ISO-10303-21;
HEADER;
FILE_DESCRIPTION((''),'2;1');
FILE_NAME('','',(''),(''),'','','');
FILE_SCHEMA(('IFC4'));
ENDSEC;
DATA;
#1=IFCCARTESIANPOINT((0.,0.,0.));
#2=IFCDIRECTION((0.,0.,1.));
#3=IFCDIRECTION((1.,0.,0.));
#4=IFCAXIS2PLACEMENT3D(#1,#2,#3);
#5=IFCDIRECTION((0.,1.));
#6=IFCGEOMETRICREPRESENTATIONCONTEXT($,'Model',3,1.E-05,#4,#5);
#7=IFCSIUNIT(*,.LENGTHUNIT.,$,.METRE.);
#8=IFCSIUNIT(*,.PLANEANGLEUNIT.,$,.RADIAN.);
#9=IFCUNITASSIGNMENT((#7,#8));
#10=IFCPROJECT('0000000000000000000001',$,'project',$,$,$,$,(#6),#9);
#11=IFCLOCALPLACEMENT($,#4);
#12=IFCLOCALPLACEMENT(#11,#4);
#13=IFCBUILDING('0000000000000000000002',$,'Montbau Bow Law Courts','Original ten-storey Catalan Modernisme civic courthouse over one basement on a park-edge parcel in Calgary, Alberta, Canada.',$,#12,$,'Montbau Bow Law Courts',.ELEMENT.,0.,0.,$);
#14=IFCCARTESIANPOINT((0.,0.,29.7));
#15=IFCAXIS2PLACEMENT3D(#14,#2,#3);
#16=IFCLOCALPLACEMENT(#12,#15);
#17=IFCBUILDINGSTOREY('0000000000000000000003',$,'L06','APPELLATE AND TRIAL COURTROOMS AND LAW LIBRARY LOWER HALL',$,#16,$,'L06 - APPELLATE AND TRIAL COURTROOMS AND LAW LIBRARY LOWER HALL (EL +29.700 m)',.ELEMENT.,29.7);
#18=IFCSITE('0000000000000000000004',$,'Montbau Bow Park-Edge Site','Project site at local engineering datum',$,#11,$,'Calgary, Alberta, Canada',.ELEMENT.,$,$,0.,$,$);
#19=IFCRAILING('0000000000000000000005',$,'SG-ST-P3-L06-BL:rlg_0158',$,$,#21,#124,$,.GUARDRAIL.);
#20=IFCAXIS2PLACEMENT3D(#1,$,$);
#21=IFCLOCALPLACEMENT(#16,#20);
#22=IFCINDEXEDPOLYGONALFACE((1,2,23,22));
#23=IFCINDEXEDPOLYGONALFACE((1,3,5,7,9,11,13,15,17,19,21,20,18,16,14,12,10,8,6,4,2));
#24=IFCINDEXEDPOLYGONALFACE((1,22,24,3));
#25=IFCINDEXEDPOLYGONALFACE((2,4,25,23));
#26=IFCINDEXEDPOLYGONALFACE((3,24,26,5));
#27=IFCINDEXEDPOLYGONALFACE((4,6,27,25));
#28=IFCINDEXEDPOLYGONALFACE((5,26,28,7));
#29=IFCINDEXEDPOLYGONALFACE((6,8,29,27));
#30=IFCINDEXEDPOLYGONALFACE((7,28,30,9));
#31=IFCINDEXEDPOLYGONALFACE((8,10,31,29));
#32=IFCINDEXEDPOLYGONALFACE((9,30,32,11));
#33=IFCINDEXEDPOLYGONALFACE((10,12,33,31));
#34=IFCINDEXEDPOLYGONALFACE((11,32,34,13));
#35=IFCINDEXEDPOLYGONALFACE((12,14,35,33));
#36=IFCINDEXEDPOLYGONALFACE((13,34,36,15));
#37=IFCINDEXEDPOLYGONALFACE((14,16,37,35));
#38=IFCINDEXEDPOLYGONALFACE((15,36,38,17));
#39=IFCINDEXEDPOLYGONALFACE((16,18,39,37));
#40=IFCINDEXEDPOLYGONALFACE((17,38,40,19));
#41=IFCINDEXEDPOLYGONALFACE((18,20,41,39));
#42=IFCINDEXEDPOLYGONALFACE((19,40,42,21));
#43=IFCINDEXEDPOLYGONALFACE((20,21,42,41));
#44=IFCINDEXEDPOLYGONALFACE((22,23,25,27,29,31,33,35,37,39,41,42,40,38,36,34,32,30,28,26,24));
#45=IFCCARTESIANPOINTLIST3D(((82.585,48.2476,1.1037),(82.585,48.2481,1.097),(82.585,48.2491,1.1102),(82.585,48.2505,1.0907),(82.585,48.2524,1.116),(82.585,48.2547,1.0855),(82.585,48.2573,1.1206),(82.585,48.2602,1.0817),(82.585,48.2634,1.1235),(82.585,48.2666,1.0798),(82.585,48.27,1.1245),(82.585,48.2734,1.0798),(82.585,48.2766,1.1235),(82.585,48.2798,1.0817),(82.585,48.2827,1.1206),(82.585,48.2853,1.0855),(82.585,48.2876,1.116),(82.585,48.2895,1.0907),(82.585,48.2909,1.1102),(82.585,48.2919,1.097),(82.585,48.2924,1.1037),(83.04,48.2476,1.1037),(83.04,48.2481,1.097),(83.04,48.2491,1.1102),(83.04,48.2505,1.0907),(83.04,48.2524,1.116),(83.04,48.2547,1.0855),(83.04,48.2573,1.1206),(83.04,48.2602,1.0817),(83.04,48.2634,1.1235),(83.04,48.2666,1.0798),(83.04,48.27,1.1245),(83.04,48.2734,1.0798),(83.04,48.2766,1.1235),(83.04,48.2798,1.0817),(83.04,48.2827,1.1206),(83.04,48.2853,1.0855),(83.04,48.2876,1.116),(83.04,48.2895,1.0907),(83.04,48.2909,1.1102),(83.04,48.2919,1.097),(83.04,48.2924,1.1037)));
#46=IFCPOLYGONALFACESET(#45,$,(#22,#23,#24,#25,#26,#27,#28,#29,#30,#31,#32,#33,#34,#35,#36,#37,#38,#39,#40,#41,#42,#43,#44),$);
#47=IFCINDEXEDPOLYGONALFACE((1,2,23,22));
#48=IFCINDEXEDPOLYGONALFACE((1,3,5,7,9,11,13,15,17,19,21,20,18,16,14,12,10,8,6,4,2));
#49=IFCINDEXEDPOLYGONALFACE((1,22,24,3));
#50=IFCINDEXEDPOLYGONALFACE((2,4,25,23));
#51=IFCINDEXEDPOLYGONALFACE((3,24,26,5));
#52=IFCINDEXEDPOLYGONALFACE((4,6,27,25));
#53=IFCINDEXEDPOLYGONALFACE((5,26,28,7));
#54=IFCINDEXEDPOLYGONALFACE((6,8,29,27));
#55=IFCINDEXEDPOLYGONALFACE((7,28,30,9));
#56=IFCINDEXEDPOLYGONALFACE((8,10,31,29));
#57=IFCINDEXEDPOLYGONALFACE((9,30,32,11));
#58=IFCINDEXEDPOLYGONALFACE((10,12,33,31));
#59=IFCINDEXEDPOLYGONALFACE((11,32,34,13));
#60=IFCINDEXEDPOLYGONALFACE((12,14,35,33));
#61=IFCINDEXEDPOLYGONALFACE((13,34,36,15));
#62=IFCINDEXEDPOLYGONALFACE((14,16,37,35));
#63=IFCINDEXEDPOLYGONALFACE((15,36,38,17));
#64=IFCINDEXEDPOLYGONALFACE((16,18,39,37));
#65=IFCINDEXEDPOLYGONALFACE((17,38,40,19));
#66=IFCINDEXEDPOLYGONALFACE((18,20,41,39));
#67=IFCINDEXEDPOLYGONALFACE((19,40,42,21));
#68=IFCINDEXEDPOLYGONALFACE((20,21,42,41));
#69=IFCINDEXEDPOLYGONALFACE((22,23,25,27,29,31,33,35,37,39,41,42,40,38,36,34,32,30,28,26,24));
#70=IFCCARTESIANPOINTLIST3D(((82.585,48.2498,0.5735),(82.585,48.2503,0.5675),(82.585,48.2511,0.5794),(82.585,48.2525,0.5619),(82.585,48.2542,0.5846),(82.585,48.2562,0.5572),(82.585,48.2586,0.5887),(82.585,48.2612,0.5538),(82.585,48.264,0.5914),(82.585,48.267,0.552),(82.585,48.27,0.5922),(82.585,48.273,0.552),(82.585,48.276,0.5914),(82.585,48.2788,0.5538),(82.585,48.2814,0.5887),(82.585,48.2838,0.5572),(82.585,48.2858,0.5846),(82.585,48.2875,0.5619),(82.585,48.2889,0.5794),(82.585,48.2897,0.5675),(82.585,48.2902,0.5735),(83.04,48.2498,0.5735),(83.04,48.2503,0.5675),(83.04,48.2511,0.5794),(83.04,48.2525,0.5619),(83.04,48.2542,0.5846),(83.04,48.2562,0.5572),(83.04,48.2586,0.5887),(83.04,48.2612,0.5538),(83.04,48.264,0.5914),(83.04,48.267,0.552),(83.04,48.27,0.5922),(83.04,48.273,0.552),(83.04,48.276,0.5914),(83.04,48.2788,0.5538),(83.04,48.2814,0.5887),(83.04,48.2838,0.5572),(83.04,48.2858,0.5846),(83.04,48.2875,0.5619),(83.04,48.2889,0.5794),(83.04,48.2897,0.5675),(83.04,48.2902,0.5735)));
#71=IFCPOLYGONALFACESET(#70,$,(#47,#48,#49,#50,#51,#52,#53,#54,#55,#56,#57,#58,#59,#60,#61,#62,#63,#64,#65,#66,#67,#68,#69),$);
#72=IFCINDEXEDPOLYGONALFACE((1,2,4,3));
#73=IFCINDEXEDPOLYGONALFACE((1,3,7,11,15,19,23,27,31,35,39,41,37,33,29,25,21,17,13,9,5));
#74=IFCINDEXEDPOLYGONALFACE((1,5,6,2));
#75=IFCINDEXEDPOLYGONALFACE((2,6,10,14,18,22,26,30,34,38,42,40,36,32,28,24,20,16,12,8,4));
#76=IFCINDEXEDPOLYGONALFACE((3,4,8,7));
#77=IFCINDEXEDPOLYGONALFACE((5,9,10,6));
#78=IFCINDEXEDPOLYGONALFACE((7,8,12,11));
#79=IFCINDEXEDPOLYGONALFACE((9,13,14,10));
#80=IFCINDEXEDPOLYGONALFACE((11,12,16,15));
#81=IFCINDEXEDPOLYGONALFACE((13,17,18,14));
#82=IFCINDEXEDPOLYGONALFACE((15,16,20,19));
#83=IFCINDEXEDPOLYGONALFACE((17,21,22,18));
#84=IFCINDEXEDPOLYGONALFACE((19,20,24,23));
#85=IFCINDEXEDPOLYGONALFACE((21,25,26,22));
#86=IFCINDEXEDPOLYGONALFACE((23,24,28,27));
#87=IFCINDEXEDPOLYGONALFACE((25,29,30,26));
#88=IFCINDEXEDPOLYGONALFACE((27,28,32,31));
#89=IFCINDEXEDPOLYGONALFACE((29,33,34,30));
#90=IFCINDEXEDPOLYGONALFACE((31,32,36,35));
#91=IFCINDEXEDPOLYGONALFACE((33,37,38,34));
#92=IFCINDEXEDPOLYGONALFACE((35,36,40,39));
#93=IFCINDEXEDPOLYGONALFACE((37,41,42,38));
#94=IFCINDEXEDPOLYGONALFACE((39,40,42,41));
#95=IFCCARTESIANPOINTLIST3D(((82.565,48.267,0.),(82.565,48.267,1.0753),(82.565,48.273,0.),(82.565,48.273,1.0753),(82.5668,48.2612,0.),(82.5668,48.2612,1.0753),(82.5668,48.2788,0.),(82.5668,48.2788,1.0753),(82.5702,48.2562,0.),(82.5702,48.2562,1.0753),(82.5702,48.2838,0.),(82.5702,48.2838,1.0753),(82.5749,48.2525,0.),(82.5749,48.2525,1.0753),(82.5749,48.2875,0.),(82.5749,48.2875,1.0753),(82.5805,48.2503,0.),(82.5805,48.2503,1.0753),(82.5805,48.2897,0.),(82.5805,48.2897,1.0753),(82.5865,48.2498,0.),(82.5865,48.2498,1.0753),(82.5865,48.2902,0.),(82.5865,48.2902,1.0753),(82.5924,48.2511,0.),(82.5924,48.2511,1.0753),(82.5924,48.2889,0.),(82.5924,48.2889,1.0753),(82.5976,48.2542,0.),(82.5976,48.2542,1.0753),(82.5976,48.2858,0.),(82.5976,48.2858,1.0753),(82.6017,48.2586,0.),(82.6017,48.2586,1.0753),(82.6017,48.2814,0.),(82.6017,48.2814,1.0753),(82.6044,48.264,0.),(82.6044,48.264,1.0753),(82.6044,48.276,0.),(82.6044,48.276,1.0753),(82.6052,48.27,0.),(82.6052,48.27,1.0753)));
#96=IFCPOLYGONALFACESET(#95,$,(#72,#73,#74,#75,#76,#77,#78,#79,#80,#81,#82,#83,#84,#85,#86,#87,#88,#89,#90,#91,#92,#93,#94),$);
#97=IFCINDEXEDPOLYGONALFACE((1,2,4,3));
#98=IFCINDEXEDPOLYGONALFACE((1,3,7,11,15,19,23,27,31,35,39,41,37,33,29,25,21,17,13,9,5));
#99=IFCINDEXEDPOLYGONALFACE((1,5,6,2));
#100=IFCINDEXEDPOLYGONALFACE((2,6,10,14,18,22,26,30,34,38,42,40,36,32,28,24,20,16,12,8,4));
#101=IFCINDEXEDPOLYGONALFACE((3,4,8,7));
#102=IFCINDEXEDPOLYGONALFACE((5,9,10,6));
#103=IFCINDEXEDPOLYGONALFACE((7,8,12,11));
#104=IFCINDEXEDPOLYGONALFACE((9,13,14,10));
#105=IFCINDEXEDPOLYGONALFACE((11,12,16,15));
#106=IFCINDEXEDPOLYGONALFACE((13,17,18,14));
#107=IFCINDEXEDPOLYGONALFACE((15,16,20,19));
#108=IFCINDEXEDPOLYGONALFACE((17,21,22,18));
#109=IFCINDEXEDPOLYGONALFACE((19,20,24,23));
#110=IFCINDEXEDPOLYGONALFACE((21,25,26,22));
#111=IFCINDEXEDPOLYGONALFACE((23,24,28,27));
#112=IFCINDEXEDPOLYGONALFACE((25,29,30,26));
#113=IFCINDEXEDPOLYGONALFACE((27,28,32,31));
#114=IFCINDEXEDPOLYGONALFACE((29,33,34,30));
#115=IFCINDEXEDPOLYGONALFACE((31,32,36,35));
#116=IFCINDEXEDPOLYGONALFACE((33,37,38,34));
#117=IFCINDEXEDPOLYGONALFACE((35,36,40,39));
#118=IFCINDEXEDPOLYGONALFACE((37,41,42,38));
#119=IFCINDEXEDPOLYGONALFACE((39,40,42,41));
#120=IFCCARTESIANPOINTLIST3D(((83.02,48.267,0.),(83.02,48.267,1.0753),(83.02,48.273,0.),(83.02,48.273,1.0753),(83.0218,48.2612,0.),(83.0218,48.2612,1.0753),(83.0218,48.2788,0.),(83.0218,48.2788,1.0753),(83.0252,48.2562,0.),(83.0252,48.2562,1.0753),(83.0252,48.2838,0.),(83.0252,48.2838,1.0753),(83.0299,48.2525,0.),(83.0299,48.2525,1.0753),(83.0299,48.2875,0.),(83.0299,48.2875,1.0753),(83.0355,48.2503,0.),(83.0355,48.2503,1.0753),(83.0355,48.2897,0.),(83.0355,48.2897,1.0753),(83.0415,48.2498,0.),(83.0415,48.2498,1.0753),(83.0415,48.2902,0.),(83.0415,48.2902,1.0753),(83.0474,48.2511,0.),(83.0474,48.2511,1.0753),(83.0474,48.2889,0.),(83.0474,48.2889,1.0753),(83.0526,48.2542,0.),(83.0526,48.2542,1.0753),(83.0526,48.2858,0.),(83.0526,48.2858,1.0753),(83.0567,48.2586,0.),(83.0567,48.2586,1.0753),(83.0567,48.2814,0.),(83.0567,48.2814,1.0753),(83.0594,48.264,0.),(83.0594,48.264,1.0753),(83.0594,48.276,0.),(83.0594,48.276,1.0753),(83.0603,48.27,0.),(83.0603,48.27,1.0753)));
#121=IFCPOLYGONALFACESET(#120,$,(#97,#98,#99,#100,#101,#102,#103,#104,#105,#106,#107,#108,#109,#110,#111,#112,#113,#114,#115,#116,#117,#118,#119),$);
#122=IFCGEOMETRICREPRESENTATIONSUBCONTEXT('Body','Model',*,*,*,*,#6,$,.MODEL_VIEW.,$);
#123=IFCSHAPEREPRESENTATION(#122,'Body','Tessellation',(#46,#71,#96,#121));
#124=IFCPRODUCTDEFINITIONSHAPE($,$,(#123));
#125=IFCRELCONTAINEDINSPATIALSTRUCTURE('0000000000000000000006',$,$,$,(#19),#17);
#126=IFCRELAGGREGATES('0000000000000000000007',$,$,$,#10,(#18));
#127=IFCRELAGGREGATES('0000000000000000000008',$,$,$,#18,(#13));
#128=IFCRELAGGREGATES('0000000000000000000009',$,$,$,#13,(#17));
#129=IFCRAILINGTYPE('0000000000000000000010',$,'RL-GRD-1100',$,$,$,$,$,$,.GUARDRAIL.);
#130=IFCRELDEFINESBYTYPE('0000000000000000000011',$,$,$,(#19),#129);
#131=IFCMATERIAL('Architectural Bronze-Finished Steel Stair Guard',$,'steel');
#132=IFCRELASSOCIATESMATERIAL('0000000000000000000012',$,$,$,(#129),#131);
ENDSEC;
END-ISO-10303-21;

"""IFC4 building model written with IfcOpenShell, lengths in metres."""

from ifc_helpers import new_model, si_unit, direction, frame, origin_with_axes, origin_2d_with_axis, place, context, subcontext, project, spatial, circle, extrude, material, type_object, element, save


model = new_model("IFC4")

# Units and contexts
model_context = context("Model", 3, precision=1e-05, world=origin_with_axes(), true_north=direction((0.0, 1.0)))
body_context = subcontext(model_context, "Body", "Model", "MODEL_VIEW")
ifc_project = project(units=[si_unit("LENGTHUNIT", "METRE"), si_unit("PLANEANGLEUNIT", "RADIAN")], contexts=[model_context])

# Site, building, storey
site_placement = place(None, origin_with_axes())
site = spatial("IfcSite", under=ifc_project, at=site_placement, Name="Montbau Bow Park-Edge Site", Description="Project site at local engineering datum", LongName="Calgary, Alberta, Canada", CompositionType="ELEMENT", RefElevation=0.0)
building_placement = place(site_placement, origin_with_axes())
building = spatial("IfcBuilding", under=site, at=building_placement, Name="Montbau Bow Law Courts", Description="Original ten-storey Catalan Modernisme civic courthouse over one basement on a park-edge parcel in Calgary, Alberta, Canada.", LongName="Montbau Bow Law Courts", CompositionType="ELEMENT", ElevationOfRefHeight=0.0, ElevationOfTerrain=0.0)
storey_placement = place(building_placement, frame((0.0, 0.0, 29.7), z_axis=(0.0, 0.0, 1.0), x_axis=(1.0, 0.0, 0.0)))
storey = spatial("IfcBuildingStorey", under=building, at=storey_placement, Name="L06", Description="APPELLATE AND TRIAL COURTROOMS AND LAW LIBRARY LOWER HALL", LongName="L06 - APPELLATE AND TRIAL COURTROOMS AND LAW LIBRARY LOWER HALL (EL +29.700 m)", CompositionType="ELEMENT", Elevation=29.7)

# Railing
ifc_material_1 = material(Name="Architectural Bronze-Finished Steel Stair Guard", Category="steel")
railing_type_1 = type_object("IfcRailingType", Name="RL-GRD-1100", PredefinedType="GUARDRAIL", material=ifc_material_1)
railing_1_placement = place(None, origin_with_axes())
element("IfcRailing", 1, at=railing_1_placement, inside=storey, type_object=railing_type_1, Name="SG-ST-P3-L06-BL:rlg_0158", PredefinedType="GUARDRAIL", context=body_context, shape_type="SweptSolid", body=[
    extrude(circle(Radius=0.0225, at=origin_2d_with_axis()), frame((82.585, 48.27, 30.802), z_axis=(1.0, 0.0, 0.0), x_axis=(0.0, 0.0, 1.0)), (0.0, 0.0, 1.0), 0.455),
    extrude(circle(Radius=0.0203, at=origin_2d_with_axis()), frame((82.585, 48.27, 30.272), z_axis=(1.0, 0.0, 0.0), x_axis=(0.0, 0.0, 1.0)), (0.0, 0.0, 1.0), 0.455),
    extrude(circle(Radius=0.0203, at=origin_2d_with_axis()), frame((82.585, 48.27, 29.7), z_axis=(0.0, 0.0, 1.0), x_axis=(1.0, 0.0, 0.0)), (0.0, 0.0, 1.0), 1.0753),
    extrude(circle(Radius=0.0203, at=origin_2d_with_axis()), frame((83.04, 48.27, 29.7), z_axis=(0.0, 0.0, 1.0), x_axis=(1.0, 0.0, 0.0)), (0.0, 0.0, 1.0), 1.0753),
])

save(model, "model.ifc")
